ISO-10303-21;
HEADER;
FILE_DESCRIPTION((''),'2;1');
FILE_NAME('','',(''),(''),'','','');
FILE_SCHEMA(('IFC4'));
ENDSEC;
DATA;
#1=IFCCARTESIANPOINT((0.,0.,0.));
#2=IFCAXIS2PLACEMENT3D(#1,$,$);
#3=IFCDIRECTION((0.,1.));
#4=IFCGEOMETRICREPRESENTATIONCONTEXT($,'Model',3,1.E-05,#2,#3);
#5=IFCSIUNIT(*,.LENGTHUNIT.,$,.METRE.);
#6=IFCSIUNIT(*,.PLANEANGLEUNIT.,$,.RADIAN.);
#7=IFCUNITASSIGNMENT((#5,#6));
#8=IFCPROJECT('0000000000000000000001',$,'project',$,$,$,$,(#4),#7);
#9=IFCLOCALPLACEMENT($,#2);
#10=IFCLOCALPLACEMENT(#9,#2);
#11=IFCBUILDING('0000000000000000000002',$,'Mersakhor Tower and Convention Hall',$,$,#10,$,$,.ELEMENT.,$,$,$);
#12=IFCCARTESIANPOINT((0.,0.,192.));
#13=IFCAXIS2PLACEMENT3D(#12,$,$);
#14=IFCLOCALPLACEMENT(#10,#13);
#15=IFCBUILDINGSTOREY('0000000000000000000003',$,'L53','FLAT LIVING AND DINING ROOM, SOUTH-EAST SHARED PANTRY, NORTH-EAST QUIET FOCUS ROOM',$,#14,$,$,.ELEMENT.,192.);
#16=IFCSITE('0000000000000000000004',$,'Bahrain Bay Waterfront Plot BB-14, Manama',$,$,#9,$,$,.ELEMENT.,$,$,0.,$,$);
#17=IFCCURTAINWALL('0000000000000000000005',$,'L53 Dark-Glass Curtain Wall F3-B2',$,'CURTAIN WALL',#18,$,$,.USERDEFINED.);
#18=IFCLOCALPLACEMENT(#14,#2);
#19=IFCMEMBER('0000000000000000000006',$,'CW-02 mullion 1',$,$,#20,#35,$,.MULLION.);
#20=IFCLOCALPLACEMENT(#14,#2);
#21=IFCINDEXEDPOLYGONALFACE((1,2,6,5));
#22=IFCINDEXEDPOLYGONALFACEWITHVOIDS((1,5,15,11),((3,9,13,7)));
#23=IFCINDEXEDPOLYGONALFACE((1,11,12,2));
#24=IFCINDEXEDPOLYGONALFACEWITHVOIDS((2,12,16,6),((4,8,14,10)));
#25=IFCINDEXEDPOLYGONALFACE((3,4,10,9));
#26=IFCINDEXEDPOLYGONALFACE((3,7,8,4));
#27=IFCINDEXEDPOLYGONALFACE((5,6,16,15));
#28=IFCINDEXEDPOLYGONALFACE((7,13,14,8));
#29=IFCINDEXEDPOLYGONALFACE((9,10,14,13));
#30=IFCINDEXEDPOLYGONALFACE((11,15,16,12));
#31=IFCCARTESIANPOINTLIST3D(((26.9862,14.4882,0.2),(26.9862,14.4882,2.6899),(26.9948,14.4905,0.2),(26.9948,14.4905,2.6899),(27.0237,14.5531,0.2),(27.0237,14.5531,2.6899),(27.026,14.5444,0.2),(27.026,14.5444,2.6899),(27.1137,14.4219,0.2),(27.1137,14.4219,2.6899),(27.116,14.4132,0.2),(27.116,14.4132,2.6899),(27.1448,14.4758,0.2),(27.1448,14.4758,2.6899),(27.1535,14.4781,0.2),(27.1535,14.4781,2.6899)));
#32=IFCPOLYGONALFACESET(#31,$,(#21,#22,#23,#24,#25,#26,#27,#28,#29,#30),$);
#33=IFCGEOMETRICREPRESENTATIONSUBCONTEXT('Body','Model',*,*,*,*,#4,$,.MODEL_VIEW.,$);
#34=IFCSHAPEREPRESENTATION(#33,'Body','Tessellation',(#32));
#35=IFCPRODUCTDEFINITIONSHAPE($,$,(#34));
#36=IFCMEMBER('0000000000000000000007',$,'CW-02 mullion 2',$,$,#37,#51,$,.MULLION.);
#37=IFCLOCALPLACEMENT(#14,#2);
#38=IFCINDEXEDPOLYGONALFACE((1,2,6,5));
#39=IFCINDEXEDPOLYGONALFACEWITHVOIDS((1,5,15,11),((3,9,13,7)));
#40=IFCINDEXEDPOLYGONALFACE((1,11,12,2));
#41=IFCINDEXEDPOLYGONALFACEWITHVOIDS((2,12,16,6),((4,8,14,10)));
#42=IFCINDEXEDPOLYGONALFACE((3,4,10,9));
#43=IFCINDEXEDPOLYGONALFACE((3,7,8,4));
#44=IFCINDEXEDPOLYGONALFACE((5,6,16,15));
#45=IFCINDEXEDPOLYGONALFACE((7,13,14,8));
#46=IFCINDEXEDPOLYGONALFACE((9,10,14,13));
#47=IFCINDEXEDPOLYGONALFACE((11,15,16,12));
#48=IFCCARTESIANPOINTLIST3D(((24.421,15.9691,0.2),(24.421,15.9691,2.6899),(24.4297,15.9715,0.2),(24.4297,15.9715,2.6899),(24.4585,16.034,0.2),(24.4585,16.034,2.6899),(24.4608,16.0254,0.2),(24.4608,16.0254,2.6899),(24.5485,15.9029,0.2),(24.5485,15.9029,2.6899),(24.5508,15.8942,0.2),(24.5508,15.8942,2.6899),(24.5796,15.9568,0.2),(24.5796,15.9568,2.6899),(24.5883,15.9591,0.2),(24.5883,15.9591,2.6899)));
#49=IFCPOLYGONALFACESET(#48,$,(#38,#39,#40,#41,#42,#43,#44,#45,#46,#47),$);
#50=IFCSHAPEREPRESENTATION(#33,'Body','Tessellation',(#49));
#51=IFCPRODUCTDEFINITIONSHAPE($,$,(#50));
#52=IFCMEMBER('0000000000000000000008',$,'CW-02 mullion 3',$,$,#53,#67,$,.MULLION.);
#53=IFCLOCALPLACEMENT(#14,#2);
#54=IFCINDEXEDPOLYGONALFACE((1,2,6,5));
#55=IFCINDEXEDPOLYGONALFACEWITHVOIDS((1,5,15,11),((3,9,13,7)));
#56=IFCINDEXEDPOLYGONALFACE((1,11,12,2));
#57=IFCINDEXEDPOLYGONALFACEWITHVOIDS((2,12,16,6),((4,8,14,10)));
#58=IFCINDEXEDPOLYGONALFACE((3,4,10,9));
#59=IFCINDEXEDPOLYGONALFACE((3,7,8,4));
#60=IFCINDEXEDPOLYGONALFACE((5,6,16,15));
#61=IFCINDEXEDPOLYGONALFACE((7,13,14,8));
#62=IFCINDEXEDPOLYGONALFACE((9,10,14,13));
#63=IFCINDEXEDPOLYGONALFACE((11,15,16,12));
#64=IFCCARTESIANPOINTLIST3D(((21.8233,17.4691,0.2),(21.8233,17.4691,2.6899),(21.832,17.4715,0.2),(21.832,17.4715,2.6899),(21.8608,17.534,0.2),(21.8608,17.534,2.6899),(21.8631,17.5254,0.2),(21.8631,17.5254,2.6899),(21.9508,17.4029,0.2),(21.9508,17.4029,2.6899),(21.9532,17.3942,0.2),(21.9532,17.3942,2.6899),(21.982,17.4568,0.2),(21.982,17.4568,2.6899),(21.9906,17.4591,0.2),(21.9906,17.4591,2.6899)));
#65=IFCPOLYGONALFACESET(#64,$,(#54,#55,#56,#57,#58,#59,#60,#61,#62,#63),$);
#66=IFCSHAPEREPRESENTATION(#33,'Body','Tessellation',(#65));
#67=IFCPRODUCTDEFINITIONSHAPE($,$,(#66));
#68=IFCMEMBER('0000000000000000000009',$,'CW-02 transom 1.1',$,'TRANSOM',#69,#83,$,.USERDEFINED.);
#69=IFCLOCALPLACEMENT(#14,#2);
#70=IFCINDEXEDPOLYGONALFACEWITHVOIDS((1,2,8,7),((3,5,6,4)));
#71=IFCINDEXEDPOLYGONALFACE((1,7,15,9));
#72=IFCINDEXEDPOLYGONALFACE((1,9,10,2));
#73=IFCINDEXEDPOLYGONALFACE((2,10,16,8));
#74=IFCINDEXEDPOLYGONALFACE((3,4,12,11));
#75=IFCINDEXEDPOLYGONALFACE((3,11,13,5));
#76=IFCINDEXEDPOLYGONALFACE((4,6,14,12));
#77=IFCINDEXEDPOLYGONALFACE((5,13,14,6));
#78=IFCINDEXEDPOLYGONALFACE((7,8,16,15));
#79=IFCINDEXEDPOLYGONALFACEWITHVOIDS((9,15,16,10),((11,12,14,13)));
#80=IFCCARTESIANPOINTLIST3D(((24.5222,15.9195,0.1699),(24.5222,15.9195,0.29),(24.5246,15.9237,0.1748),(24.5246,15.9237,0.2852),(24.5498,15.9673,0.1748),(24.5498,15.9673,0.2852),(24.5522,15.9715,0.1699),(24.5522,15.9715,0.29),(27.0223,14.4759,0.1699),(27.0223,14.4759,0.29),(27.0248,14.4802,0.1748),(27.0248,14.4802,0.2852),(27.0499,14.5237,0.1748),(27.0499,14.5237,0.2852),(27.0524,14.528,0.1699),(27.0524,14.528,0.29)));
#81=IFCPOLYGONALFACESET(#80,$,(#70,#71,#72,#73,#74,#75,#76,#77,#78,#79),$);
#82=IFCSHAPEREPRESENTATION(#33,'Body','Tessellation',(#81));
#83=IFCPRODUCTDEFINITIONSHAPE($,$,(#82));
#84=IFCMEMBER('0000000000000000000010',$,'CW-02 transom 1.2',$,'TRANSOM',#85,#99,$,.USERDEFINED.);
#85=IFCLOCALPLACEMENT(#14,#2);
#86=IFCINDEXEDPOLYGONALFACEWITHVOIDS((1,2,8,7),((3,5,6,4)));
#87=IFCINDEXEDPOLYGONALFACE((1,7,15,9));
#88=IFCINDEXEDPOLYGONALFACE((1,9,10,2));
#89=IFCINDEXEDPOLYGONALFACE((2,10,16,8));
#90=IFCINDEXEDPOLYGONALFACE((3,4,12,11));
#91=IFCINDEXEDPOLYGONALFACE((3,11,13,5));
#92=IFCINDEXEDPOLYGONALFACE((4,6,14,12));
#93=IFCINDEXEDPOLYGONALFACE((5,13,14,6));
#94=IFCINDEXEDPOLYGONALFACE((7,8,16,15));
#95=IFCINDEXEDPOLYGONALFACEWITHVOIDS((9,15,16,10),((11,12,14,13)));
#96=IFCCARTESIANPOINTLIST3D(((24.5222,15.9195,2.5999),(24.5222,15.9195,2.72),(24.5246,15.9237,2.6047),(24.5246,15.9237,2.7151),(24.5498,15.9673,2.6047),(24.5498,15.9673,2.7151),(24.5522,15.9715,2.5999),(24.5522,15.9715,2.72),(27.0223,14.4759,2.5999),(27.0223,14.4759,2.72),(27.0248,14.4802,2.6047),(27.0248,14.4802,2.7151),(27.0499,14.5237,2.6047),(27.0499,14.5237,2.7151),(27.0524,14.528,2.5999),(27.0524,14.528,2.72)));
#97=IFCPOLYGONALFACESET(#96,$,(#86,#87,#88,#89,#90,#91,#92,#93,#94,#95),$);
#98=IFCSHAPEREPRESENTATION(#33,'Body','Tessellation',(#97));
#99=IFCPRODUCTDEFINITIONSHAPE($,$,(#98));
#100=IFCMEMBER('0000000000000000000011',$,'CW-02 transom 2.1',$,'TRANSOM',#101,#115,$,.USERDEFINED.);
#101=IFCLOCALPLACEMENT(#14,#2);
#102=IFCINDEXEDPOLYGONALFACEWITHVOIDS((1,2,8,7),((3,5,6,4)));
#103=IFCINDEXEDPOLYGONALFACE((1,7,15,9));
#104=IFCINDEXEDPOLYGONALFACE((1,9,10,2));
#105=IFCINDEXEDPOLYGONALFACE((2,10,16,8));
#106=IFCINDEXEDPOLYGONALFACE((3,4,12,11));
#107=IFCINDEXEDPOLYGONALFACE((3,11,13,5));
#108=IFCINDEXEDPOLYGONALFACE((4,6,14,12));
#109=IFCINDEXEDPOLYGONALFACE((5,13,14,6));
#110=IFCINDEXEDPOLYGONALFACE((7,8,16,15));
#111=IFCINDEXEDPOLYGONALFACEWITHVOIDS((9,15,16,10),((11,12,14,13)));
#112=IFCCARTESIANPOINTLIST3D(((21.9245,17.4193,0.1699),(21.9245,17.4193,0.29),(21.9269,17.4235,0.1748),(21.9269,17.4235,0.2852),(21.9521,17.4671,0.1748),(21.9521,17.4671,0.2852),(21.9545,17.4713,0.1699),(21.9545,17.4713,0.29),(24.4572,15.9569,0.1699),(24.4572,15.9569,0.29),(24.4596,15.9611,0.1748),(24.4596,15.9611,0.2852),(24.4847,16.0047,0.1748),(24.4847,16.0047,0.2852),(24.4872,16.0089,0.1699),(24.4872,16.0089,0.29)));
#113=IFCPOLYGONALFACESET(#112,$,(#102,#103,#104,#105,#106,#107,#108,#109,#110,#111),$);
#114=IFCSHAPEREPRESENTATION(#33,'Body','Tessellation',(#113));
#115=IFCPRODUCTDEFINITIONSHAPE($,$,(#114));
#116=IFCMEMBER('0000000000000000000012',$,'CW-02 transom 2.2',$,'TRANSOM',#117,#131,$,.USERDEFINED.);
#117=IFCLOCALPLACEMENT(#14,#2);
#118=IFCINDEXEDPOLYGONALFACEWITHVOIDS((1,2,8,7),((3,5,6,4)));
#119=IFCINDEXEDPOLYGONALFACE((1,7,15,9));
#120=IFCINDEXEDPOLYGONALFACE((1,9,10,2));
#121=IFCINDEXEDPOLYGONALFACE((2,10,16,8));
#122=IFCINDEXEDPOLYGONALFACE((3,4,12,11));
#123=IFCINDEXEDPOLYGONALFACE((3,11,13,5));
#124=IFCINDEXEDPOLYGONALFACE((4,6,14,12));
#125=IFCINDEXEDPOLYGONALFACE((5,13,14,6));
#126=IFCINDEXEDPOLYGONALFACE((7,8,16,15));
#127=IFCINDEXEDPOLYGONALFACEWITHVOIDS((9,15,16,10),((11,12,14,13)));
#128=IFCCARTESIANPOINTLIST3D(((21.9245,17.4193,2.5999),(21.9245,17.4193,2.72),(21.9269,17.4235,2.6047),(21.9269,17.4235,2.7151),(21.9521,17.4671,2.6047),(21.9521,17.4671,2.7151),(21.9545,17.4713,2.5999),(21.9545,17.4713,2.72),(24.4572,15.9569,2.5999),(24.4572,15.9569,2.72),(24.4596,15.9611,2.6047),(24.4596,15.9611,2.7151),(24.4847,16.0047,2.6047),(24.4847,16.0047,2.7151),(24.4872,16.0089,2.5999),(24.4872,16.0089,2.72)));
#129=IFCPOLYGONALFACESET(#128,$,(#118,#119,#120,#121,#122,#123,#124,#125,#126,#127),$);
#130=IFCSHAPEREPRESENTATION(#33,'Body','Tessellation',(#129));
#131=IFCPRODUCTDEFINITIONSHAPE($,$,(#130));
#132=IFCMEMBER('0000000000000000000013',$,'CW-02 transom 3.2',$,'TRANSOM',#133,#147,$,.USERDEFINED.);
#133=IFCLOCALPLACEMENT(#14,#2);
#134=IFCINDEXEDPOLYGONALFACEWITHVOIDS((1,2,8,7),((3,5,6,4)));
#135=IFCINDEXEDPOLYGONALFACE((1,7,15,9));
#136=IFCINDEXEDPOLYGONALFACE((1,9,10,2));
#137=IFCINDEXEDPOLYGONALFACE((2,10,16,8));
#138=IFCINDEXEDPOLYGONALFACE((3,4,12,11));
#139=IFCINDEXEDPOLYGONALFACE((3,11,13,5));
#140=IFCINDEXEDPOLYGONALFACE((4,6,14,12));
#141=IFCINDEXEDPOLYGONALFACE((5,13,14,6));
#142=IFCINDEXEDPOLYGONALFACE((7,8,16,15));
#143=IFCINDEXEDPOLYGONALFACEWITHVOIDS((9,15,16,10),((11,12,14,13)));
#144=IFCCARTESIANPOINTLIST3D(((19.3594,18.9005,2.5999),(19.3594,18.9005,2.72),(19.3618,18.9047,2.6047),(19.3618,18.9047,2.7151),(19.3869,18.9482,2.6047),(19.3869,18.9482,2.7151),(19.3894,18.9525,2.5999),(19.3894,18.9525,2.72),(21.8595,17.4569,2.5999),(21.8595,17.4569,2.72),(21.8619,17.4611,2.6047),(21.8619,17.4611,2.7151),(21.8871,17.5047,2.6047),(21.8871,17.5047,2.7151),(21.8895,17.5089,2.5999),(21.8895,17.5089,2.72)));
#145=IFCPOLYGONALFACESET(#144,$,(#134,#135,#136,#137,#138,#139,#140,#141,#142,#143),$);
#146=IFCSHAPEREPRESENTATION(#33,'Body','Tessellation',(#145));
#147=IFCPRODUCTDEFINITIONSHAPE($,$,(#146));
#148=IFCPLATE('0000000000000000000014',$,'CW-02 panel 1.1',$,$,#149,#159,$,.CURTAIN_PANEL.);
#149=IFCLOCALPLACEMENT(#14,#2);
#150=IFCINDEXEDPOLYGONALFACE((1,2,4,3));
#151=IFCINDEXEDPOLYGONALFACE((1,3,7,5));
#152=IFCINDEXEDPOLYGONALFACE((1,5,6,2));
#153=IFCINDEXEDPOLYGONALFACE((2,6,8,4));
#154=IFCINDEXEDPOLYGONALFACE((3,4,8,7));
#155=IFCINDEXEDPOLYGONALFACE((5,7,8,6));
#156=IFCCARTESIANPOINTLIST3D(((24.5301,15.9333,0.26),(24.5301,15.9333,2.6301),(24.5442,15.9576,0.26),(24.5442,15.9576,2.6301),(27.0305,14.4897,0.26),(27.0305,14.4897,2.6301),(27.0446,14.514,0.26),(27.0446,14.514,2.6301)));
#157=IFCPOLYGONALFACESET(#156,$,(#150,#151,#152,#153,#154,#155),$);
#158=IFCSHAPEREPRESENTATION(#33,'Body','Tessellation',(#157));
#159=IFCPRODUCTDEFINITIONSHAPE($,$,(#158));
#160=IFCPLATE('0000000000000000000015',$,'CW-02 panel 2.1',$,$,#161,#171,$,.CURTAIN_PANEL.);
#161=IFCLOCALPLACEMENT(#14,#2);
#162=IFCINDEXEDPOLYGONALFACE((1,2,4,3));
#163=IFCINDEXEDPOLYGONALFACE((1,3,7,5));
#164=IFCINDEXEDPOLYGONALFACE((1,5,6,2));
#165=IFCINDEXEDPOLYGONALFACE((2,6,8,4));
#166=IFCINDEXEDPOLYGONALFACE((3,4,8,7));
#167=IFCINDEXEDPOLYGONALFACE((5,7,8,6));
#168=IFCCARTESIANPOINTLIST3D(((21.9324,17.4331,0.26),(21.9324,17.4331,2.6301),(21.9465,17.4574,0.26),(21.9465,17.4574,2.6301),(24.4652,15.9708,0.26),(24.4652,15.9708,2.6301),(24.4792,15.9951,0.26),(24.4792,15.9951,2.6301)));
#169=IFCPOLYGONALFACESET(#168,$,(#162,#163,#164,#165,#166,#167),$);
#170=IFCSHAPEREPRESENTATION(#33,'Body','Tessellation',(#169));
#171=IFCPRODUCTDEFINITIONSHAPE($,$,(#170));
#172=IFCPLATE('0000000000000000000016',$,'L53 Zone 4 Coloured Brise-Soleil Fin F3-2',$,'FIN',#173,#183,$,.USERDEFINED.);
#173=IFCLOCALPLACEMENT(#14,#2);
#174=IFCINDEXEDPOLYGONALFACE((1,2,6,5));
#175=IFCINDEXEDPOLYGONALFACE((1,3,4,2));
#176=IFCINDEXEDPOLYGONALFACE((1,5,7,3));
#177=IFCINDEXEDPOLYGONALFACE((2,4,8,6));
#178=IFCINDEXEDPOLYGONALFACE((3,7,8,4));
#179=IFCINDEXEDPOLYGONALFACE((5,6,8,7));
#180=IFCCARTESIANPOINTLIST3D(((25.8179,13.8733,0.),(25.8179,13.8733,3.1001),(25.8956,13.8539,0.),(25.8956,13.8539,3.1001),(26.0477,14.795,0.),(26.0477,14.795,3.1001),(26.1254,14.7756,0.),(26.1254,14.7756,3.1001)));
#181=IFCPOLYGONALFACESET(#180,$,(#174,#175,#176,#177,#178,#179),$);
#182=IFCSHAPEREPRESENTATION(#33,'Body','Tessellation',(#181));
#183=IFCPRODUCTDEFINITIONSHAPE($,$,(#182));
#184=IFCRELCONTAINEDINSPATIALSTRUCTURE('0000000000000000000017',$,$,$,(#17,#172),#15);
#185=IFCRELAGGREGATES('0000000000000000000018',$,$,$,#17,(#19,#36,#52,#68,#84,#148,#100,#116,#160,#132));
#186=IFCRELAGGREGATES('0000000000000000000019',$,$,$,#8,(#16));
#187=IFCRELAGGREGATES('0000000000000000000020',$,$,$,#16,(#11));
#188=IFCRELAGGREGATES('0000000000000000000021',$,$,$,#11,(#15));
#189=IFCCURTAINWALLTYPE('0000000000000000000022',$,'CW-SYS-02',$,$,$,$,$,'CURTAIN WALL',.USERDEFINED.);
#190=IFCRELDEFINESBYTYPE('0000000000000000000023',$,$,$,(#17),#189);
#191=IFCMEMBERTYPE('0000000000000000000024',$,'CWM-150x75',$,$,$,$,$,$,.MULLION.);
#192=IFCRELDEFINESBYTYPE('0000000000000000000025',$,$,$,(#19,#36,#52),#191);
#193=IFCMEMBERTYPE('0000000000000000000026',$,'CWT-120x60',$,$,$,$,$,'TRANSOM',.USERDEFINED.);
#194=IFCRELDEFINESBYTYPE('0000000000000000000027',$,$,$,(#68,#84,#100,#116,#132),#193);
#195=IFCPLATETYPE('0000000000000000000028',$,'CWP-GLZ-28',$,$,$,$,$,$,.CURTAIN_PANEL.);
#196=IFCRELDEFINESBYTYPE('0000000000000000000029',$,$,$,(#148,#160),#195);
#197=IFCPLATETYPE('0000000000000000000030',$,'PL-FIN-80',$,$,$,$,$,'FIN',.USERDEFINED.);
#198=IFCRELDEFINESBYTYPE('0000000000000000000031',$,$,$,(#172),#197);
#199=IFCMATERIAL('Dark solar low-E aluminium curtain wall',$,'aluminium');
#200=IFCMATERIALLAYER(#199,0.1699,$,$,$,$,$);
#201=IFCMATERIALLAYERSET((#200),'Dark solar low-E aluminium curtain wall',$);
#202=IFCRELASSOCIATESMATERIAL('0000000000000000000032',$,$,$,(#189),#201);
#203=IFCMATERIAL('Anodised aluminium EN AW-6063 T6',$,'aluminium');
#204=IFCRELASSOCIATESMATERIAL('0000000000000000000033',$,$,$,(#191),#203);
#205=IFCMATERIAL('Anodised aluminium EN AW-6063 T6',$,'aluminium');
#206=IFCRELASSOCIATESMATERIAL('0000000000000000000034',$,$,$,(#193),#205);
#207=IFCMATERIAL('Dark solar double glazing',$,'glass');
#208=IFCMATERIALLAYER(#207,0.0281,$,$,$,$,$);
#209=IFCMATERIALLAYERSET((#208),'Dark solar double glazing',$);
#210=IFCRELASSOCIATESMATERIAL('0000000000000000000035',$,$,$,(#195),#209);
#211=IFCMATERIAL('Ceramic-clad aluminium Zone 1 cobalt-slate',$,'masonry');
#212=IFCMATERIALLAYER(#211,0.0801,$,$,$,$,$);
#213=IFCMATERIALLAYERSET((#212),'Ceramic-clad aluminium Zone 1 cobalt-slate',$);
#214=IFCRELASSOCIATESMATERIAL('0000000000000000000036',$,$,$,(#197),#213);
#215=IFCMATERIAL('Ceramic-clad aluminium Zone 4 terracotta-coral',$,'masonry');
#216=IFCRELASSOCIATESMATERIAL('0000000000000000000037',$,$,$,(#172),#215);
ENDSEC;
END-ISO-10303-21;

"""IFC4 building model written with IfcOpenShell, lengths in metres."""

from ifc_helpers import new_model, si_unit, direction, frame, origin, origin_2d, place, context, subcontext, project, spatial, rectangle, hollow_rectangle, extrude, material, layer, layer_set, material_profile, profile_set, type_object, element, aggregate, save


model = new_model("IFC4")

# Units and contexts
model_context = context("Model", 3, precision=1e-05, world=origin(), true_north=direction((0.0, 1.0)))
body_context = subcontext(model_context, "Body", "Model", "MODEL_VIEW")
ifc_project = project(units=[si_unit("LENGTHUNIT", "METRE"), si_unit("PLANEANGLEUNIT", "RADIAN")], contexts=[model_context])

# Site, building, storey
site_placement = place(None, origin())
site = spatial("IfcSite", under=ifc_project, at=site_placement, Name="Bahrain Bay Waterfront Plot BB-14, Manama", CompositionType="ELEMENT", RefElevation=0.0)
building_placement = place(site_placement, origin())
building = spatial("IfcBuilding", under=site, at=building_placement, Name="Mersakhor Tower and Convention Hall", CompositionType="ELEMENT")
storey_placement = place(building_placement, frame((0.0, 0.0, 192.0)))
storey = spatial("IfcBuildingStorey", under=building, at=storey_placement, Name="L53", Description="FLAT LIVING AND DINING ROOM, SOUTH-EAST SHARED PANTRY, NORTH-EAST QUIET FOCUS ROOM", CompositionType="ELEMENT", Elevation=192.0)

# Curtain wall, members, plates
ifc_material_1 = material(Name="Dark solar low-E aluminium curtain wall", Category="aluminium")
ifc_layer_1 = layer(ifc_material_1, 0.1699)
ifc_layer_set_1 = layer_set([ifc_layer_1], Name="Dark solar low-E aluminium curtain wall")
curtain_wall_type = type_object("IfcCurtainWallType", Name="CW-SYS-02", ElementType="CURTAIN WALL", PredefinedType="USERDEFINED", material=ifc_layer_set_1)
curtain_wall_placement = place(storey_placement, origin())
curtain_wall = element("IfcCurtainWall", 1, at=curtain_wall_placement, inside=storey, type_object=curtain_wall_type, Name="L53 Dark-Glass Curtain Wall F3-B2", ObjectType="CURTAIN WALL", PredefinedType="USERDEFINED")
ifc_material_2 = material(Name="Anodised aluminium EN AW-6063 T6", Category="aluminium")
ifc_material_profile_1 = material_profile(ifc_material_2, hollow_rectangle(XDim=0.075, YDim=0.1499, WallThickness=0.0063, at=origin_2d()), Name="RHS 150x75x6.3")
ifc_profile_set_1 = profile_set([ifc_material_profile_1], Name="Anodised aluminium EN AW-6063 T6")
member_type_1 = type_object("IfcMemberType", Name="CWM-150x75", PredefinedType="MULLION", material=ifc_profile_set_1)
member_1_placement = place(storey_placement, frame((27.0698, 14.4832, 0.2), z_axis=(0.0, 0.0, 1.0), x_axis=(-0.500008, -0.866021, 0.0)))
member_1 = element("IfcMember", 2, at=member_1_placement, type_object=member_type_1, Name="CW-02 mullion 1", PredefinedType="MULLION", context=body_context, shape_type="SweptSolid", body=[
    extrude(hollow_rectangle(XDim=0.075, YDim=0.1499, WallThickness=0.0063, at=origin_2d()), origin(), (0.0, 0.0, 1.0), 2.49),
])
member_2_placement = place(storey_placement, frame((24.5046, 15.9641, 0.2), z_axis=(0.0, 0.0, 1.0), x_axis=(-0.500008, -0.866021, 0.0)))
member_2 = element("IfcMember", 3, at=member_2_placement, type_object=member_type_1, Name="CW-02 mullion 2", PredefinedType="MULLION", context=body_context, shape_type="SweptSolid", body=[
    extrude(hollow_rectangle(XDim=0.075, YDim=0.1499, WallThickness=0.0063, at=origin_2d()), origin(), (0.0, 0.0, 1.0), 2.49),
])
member_3_placement = place(storey_placement, frame((21.907, 17.4641, 0.2), z_axis=(0.0, 0.0, 1.0), x_axis=(-0.500008, -0.866021, 0.0)))
member_3 = element("IfcMember", 4, at=member_3_placement, type_object=member_type_1, Name="CW-02 mullion 3", PredefinedType="MULLION", context=body_context, shape_type="SweptSolid", body=[
    extrude(hollow_rectangle(XDim=0.075, YDim=0.1499, WallThickness=0.0063, at=origin_2d()), origin(), (0.0, 0.0, 1.0), 2.49),
])
ifc_material_3 = material(Name="Anodised aluminium EN AW-6063 T6", Category="aluminium")
ifc_material_profile_2 = material_profile(ifc_material_3, hollow_rectangle(XDim=0.0601, YDim=0.1201, WallThickness=0.0049, at=origin_2d()), Name="RHS 120x60x5")
ifc_profile_set_2 = profile_set([ifc_material_profile_2], Name="Anodised aluminium EN AW-6063 T6")
member_type_2 = type_object("IfcMemberType", Name="CWT-120x60", ElementType="TRANSOM", PredefinedType="USERDEFINED", material=ifc_profile_set_2)
member_4_placement = place(storey_placement, frame((27.0374, 14.502, 0.23), z_axis=(-0.866012, 0.500023, 0.0), x_axis=(-0.500023, -0.866012, 0.0)))
member_4 = element("IfcMember", 5, at=member_4_placement, type_object=member_type_2, Name="CW-02 transom 1.1", ObjectType="TRANSOM", PredefinedType="USERDEFINED", context=body_context, shape_type="SweptSolid", body=[
    extrude(hollow_rectangle(XDim=0.0601, YDim=0.1201, WallThickness=0.0049, at=origin_2d()), origin(), (0.0, 0.0, 1.0), 2.887),
])
member_5_placement = place(storey_placement, frame((27.0374, 14.502, 2.6599), z_axis=(-0.866012, 0.500023, 0.0), x_axis=(-0.500023, -0.866012, 0.0)))
member_5 = element("IfcMember", 6, at=member_5_placement, type_object=member_type_2, Name="CW-02 transom 1.2", ObjectType="TRANSOM", PredefinedType="USERDEFINED", context=body_context, shape_type="SweptSolid", body=[
    extrude(hollow_rectangle(XDim=0.0601, YDim=0.1201, WallThickness=0.0049, at=origin_2d()), origin(), (0.0, 0.0, 1.0), 2.887),
])
member_6_placement = place(storey_placement, frame((24.4722, 15.9829, 0.23), z_axis=(-0.866005, 0.500036, 0.0), x_axis=(-0.500036, -0.866005, 0.0)))
member_6 = element("IfcMember", 7, at=member_6_placement, type_object=member_type_2, Name="CW-02 transom 2.1", ObjectType="TRANSOM", PredefinedType="USERDEFINED", context=body_context, shape_type="SweptSolid", body=[
    extrude(hollow_rectangle(XDim=0.0601, YDim=0.1201, WallThickness=0.0049, at=origin_2d()), origin(), (0.0, 0.0, 1.0), 2.9246),
])
member_7_placement = place(storey_placement, frame((24.4722, 15.9829, 2.6599), z_axis=(-0.866005, 0.500036, 0.0), x_axis=(-0.500036, -0.866005, 0.0)))
member_7 = element("IfcMember", 8, at=member_7_placement, type_object=member_type_2, Name="CW-02 transom 2.2", ObjectType="TRANSOM", PredefinedType="USERDEFINED", context=body_context, shape_type="SweptSolid", body=[
    extrude(hollow_rectangle(XDim=0.0601, YDim=0.1201, WallThickness=0.0049, at=origin_2d()), origin(), (0.0, 0.0, 1.0), 2.9246),
])
member_8_placement = place(storey_placement, frame((21.8745, 17.4829, 2.6599), z_axis=(-0.866012, 0.500023, 0.0), x_axis=(-0.500023, -0.866012, 0.0)))
member_8 = element("IfcMember", 9, at=member_8_placement, type_object=member_type_2, Name="CW-02 transom 3.2", ObjectType="TRANSOM", PredefinedType="USERDEFINED", context=body_context, shape_type="SweptSolid", body=[
    extrude(hollow_rectangle(XDim=0.0601, YDim=0.1201, WallThickness=0.0049, at=origin_2d()), origin(), (0.0, 0.0, 1.0), 2.887),
])
ifc_material_4 = material(Name="Dark solar double glazing", Category="glass")
ifc_layer_2 = layer(ifc_material_4, 0.0281)
ifc_layer_set_2 = layer_set([ifc_layer_2], Name="Dark solar double glazing")
plate_type_1 = type_object("IfcPlateType", Name="CWP-GLZ-28", PredefinedType="CURTAIN_PANEL", material=ifc_layer_set_2)
plate_1_placement = place(storey_placement, frame((25.7874, 15.2236, 0.26), z_axis=(0.0, 0.0, 1.0), x_axis=(-0.866021, 0.500008, 0.0)))
plate_1 = element("IfcPlate", 10, at=plate_1_placement, type_object=plate_type_1, Name="CW-02 panel 1.1", PredefinedType="CURTAIN_PANEL", context=body_context, shape_type="SweptSolid", body=[
    extrude(rectangle(XDim=2.8872, YDim=0.0281, at=origin_2d()), origin(), (0.0, 0.0, 1.0), 2.3701),
])
plate_2_placement = place(storey_placement, frame((23.2058, 16.7141, 0.26), z_axis=(0.0, 0.0, 1.0), x_axis=(-0.866021, 0.500008, 0.0)))
plate_2 = element("IfcPlate", 11, at=plate_2_placement, type_object=plate_type_1, Name="CW-02 panel 2.1", PredefinedType="CURTAIN_PANEL", context=body_context, shape_type="SweptSolid", body=[
    extrude(rectangle(XDim=2.9246, YDim=0.0281, at=origin_2d()), origin(), (0.0, 0.0, 1.0), 2.3701),
])
aggregate(curtain_wall, [member_1, member_2, member_3, member_4, member_5, plate_1, member_6, member_7, plate_2, member_8])

# Plate
ifc_material_5 = material(Name="Ceramic-clad aluminium Zone 4 terracotta-coral", Category="masonry")
ifc_material_6 = material(Name="Ceramic-clad aluminium Zone 1 cobalt-slate", Category="masonry")
ifc_layer_3 = layer(ifc_material_6, 0.0801)
ifc_layer_set_3 = layer_set([ifc_layer_3], Name="Ceramic-clad aluminium Zone 1 cobalt-slate")
plate_type_2 = type_object("IfcPlateType", Name="PL-FIN-80", ElementType="FIN", PredefinedType="USERDEFINED", material=ifc_layer_set_3)
plate_3_placement = place(storey_placement, frame((25.9717, 14.3245, 0.0), z_axis=(0.0, 0.0, 1.0), x_axis=(-0.241922, -0.970296, 0.0)))
element("IfcPlate", 12, at=plate_3_placement, inside=storey, type_object=plate_type_2, material=ifc_material_5, Name="L53 Zone 4 Coloured Brise-Soleil Fin F3-2", ObjectType="FIN", PredefinedType="USERDEFINED", context=body_context, shape_type="SweptSolid", body=[
    extrude(rectangle(XDim=0.95, YDim=0.0801, at=origin_2d()), origin(), (0.0, 0.0, 1.0), 3.1001),
])

save(model, "model.ifc")
